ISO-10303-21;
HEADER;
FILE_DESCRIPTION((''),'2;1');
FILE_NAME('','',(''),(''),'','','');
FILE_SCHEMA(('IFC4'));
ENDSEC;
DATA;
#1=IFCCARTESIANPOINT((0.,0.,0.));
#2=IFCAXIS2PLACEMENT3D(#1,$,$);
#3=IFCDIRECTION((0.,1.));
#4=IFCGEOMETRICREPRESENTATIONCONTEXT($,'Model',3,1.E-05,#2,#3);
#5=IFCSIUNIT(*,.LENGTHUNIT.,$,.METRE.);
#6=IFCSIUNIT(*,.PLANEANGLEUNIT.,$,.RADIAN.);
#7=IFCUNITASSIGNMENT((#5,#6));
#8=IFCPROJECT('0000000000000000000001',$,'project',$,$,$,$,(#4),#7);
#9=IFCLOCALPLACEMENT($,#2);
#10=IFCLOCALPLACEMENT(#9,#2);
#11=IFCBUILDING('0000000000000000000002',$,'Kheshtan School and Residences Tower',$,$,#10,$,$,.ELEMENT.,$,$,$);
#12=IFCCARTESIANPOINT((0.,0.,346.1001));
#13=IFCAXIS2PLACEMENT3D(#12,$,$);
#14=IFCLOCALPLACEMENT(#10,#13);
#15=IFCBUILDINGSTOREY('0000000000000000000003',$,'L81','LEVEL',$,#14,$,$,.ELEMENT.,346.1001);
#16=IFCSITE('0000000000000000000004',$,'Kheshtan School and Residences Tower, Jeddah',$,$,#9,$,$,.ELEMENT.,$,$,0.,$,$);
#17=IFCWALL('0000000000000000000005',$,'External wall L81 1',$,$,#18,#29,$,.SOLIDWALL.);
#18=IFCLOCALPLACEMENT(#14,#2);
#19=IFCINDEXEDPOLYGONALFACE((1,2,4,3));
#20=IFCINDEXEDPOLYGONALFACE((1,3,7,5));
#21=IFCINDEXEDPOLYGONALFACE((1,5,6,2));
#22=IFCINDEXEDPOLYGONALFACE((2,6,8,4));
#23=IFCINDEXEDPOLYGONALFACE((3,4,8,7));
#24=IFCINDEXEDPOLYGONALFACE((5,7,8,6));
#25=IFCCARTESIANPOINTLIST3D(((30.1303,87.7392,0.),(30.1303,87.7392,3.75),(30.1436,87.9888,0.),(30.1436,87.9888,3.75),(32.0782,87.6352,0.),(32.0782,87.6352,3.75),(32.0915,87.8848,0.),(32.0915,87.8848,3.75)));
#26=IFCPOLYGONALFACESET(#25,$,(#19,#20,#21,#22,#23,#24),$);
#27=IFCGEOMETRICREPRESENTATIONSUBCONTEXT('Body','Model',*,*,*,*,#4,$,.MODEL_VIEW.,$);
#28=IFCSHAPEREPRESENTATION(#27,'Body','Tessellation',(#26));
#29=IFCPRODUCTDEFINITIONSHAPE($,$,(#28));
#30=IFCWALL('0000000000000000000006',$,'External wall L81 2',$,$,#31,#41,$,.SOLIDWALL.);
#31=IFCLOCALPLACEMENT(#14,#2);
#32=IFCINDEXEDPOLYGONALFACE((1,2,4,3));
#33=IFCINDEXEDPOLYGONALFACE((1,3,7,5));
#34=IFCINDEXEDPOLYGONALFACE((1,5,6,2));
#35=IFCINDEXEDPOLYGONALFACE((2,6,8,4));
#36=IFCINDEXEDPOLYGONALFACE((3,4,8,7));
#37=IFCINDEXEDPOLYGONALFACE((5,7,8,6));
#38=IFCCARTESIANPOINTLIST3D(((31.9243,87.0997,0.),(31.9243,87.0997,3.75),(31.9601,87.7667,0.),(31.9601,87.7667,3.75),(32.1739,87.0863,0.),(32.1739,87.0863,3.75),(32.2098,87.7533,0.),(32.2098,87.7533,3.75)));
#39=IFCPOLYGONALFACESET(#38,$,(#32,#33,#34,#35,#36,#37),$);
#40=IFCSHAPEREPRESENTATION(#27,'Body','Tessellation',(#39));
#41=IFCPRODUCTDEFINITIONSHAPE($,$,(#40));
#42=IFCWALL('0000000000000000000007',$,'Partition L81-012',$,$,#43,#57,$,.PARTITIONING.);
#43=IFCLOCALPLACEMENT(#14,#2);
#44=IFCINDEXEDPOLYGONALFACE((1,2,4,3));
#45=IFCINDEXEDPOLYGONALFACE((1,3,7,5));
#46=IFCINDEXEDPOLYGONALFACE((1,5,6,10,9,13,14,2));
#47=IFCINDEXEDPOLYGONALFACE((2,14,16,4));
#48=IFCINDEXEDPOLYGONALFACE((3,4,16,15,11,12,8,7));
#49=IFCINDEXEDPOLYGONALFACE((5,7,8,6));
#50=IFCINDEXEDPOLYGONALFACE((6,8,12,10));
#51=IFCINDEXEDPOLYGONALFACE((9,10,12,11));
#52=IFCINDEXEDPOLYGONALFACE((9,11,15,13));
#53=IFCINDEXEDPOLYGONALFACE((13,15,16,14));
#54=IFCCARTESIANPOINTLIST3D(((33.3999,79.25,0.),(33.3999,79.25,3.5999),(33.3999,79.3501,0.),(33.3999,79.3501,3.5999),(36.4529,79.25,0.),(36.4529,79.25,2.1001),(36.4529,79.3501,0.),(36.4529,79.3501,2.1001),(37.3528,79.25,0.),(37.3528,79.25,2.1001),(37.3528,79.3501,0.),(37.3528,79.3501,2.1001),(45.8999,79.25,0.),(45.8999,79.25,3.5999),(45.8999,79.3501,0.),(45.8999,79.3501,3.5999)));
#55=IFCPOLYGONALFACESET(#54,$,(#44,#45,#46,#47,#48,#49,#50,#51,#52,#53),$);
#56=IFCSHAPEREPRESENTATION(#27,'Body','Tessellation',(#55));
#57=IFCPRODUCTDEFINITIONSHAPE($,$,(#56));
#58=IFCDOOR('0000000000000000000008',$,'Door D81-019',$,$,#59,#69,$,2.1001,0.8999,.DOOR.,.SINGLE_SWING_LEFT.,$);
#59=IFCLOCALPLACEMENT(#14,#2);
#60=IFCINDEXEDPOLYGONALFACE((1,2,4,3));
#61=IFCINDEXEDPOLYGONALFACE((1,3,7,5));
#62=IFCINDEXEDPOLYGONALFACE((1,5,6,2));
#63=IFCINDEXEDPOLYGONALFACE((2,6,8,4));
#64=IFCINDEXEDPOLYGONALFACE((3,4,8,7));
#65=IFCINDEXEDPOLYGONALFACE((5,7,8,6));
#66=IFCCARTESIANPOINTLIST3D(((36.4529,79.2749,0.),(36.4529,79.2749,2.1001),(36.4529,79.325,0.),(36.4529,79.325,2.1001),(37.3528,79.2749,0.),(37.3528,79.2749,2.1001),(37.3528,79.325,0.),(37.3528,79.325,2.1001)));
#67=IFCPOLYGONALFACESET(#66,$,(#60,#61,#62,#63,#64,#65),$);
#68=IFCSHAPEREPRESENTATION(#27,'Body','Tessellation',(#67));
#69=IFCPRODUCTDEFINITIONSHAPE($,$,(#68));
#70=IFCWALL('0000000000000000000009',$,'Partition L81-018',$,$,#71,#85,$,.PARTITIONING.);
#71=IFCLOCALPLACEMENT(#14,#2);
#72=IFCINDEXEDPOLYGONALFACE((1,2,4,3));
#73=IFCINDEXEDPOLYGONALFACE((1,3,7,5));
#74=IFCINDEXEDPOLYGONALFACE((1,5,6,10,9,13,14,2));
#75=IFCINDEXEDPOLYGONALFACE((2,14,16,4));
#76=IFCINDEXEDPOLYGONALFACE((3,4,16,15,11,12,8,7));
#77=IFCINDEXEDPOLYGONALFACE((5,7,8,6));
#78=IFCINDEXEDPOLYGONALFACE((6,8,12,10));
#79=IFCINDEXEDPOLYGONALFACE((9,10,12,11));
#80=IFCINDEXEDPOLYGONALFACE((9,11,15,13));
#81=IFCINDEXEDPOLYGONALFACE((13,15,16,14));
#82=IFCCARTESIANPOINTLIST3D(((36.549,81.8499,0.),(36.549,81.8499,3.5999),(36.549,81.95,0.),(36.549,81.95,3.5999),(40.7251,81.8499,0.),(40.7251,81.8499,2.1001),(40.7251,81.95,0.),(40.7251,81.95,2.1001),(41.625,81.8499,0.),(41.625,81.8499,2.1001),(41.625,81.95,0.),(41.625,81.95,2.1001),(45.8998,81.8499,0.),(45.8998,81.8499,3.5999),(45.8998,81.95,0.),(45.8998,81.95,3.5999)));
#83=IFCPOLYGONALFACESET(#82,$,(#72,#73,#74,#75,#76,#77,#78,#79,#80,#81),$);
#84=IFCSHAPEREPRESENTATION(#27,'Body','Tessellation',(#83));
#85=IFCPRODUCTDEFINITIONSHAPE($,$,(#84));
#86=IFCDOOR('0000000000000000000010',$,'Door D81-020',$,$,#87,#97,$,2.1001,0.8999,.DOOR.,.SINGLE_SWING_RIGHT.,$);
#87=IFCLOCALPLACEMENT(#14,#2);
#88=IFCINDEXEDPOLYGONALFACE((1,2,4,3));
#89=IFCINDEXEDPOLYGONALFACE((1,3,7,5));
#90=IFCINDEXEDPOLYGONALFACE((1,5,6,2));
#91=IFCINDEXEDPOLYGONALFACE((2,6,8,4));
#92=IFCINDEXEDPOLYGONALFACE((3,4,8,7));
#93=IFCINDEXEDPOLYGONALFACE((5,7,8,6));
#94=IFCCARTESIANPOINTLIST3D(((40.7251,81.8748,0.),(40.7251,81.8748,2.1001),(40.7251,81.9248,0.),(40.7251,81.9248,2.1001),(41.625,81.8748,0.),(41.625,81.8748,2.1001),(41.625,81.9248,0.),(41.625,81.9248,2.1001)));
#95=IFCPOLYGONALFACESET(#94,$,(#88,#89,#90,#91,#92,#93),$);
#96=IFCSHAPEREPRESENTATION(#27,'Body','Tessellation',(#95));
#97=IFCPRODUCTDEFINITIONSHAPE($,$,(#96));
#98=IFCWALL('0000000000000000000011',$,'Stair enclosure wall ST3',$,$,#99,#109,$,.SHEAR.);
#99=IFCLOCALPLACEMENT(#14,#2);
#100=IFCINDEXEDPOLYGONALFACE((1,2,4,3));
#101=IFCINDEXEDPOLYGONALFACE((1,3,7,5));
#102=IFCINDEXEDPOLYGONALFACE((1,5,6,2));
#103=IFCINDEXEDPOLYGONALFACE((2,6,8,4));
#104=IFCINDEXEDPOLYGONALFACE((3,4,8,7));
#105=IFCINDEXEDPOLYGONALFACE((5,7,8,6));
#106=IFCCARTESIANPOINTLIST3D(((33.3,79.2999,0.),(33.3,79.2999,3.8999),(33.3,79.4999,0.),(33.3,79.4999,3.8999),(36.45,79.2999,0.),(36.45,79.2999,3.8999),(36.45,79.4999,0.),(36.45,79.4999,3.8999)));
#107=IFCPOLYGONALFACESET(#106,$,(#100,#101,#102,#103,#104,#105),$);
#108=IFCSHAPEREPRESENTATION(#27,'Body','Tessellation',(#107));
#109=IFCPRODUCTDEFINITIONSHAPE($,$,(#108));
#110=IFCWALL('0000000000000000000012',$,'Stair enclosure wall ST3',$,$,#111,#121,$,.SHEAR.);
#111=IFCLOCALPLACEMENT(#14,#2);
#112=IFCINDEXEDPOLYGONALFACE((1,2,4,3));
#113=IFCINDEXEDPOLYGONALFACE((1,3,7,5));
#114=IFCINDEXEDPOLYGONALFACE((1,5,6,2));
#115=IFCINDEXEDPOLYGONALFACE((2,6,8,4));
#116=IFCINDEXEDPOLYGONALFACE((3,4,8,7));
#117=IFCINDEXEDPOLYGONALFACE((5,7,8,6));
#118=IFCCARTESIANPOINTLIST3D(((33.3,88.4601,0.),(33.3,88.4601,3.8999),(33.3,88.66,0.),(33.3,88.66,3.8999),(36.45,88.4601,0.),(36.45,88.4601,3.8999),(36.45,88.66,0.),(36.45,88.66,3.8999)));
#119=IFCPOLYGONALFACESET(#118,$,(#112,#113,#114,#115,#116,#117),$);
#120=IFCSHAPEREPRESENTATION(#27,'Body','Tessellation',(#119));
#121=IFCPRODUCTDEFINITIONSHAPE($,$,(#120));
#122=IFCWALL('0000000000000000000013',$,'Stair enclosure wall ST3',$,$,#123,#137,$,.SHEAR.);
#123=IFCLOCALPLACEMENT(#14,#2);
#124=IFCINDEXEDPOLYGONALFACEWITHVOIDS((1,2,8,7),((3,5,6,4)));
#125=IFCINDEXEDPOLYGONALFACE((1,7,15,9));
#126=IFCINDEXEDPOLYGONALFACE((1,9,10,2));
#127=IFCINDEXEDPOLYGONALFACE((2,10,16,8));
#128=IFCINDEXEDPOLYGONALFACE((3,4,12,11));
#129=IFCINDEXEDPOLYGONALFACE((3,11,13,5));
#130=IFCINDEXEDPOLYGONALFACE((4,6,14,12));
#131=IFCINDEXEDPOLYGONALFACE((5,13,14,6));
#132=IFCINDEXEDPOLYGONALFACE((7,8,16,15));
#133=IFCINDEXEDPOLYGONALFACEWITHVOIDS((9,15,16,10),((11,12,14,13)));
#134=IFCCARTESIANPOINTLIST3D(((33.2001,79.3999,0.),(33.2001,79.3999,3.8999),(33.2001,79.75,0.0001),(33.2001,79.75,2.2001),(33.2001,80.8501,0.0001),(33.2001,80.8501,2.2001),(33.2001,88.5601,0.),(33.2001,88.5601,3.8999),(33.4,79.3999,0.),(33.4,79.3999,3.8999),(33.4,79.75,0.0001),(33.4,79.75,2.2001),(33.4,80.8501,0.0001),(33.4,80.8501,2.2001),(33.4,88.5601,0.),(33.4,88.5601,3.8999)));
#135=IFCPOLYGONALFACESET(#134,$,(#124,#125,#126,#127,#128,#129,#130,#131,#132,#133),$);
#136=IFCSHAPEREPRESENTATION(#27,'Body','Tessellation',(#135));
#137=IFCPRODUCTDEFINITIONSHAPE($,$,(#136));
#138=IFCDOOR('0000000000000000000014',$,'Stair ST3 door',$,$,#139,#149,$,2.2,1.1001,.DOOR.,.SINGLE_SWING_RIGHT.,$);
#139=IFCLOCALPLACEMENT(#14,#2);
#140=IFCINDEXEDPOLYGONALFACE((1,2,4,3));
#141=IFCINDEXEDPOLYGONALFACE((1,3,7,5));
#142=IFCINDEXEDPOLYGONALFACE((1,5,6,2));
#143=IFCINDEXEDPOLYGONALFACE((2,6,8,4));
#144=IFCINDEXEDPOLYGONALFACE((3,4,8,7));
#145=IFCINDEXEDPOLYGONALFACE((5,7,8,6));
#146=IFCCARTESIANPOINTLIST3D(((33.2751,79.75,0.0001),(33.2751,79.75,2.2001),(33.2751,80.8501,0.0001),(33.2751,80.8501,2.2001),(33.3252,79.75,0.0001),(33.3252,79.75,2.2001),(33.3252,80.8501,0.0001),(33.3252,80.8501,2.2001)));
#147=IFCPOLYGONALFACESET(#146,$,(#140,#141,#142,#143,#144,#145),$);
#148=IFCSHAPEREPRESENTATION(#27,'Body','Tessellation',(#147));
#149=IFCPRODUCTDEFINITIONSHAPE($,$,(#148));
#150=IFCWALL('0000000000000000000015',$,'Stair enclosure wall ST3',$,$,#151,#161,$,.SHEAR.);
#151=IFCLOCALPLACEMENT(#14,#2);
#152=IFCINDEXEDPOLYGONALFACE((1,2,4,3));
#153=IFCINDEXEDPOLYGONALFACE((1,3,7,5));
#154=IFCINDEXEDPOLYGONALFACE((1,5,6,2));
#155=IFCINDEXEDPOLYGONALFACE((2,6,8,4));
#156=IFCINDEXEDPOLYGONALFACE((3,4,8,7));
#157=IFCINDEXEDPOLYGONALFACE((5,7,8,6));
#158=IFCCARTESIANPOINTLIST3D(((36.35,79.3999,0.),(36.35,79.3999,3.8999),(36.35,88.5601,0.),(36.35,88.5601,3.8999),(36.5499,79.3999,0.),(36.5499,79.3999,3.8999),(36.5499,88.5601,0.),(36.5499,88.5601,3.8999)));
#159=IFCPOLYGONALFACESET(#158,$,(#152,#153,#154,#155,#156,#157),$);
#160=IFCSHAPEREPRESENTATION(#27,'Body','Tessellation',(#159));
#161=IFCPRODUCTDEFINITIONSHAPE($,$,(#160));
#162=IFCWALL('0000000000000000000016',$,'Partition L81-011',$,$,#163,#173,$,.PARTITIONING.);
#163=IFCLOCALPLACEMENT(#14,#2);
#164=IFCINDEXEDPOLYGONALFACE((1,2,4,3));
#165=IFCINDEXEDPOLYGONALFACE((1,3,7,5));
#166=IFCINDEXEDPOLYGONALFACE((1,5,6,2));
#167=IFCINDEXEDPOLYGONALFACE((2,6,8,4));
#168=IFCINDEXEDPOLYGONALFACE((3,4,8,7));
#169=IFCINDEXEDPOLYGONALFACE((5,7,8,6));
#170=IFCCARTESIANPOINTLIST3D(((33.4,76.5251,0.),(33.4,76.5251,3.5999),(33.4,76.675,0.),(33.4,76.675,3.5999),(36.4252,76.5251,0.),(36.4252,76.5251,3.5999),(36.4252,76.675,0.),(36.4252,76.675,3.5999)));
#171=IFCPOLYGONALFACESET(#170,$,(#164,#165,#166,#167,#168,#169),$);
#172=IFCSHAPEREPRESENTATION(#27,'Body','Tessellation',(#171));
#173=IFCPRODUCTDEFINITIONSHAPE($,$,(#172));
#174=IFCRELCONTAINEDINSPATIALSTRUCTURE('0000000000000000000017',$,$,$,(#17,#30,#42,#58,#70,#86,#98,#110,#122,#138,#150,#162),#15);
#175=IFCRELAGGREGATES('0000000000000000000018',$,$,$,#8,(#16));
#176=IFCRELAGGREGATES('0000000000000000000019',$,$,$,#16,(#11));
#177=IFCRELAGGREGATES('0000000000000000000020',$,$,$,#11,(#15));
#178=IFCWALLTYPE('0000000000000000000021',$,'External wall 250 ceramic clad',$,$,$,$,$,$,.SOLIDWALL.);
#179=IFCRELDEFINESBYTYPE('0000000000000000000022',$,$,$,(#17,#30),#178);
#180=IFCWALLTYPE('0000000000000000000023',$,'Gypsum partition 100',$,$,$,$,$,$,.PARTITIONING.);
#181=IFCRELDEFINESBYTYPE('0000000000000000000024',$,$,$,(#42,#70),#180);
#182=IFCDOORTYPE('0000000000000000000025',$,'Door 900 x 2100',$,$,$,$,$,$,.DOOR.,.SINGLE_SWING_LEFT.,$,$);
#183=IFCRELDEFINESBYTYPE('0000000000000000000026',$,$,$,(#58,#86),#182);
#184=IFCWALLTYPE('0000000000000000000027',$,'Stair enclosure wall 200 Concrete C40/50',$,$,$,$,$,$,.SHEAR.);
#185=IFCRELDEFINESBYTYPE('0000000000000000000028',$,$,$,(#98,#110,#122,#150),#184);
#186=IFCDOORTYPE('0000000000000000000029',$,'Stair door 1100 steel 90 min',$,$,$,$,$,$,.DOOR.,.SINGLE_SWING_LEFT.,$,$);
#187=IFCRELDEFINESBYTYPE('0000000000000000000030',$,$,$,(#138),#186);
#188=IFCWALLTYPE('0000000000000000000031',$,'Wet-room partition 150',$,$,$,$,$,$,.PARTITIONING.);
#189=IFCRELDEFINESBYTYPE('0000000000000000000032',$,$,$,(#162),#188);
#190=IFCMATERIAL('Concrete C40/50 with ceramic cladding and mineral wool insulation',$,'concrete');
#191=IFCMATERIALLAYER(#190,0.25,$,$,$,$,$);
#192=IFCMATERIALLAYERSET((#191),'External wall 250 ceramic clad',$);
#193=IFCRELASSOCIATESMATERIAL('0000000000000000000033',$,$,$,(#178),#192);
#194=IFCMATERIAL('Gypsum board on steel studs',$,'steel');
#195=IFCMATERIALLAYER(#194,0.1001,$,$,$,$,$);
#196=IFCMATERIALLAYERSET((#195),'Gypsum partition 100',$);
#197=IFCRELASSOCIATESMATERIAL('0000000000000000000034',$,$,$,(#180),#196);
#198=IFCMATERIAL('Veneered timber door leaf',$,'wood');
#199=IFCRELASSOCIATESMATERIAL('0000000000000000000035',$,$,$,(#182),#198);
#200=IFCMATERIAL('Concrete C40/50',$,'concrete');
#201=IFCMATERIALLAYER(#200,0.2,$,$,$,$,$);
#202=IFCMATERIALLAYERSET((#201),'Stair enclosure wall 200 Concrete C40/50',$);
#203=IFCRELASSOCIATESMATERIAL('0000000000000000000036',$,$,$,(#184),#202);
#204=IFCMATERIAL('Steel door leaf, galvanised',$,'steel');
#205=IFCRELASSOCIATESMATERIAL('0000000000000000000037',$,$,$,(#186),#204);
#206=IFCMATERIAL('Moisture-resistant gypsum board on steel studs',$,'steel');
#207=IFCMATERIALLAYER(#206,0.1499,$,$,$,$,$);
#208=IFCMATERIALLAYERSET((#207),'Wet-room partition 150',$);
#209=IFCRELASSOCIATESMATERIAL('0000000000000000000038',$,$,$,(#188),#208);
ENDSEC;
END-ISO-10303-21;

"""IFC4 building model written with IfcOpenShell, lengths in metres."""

from ifc_helpers import new_model, si_unit, direction, frame, frame_2d, origin, place, context, subcontext, project, spatial, rectangle, extrude, source, transform, mapped, material, layer, layer_set, type_object, element, fill, save


model = new_model("IFC4")

# Units and contexts
model_context = context("Model", 3, precision=1e-05, world=origin(), true_north=direction((0.0, 1.0)))
body_context = subcontext(model_context, "Body", "Model", "MODEL_VIEW")
ifc_project = project(units=[si_unit("LENGTHUNIT", "METRE"), si_unit("PLANEANGLEUNIT", "RADIAN")], contexts=[model_context])

# Site, building, storey
site_placement = place(None, origin())
site = spatial("IfcSite", under=ifc_project, at=site_placement, Name="Kheshtan School and Residences Tower, Jeddah", CompositionType="ELEMENT", RefElevation=0.0)
building_placement = place(site_placement, origin())
building = spatial("IfcBuilding", under=site, at=building_placement, Name="Kheshtan School and Residences Tower", CompositionType="ELEMENT")
storey_placement = place(building_placement, frame((0.0, 0.0, 346.1001)))
storey = spatial("IfcBuildingStorey", under=building, at=storey_placement, Name="L81", Description="LEVEL", CompositionType="ELEMENT", Elevation=346.1001)

# Walls
ifc_material_1 = material(Name="Concrete C40/50 with ceramic cladding and mineral wool insulation", Category="concrete")
ifc_layer_1 = layer(ifc_material_1, 0.25)
ifc_layer_set_1 = layer_set([ifc_layer_1], Name="External wall 250 ceramic clad")
wall_type_1 = type_object("IfcWallType", Name="External wall 250 ceramic clad", PredefinedType="SOLIDWALL", material=ifc_layer_set_1)
wall_1_placement = place(storey_placement, frame((30.137, 87.864, 0.0), z_axis=(0.0, 0.0, 1.0), x_axis=(0.998578, -0.053314, 0.0)))
element("IfcWall", 1, at=wall_1_placement, inside=storey, type_object=wall_type_1, Name="External wall L81 1", PredefinedType="SOLIDWALL", context=body_context, shape_type="SweptSolid", body=[
    extrude(rectangle(XDim=1.9507, YDim=0.25, at=frame_2d((0.9753, 0.0))), origin(), (0.0, 0.0, 1.0), 3.75),
])
wall_2_placement = place(storey_placement, frame((32.085, 87.76, 0.0), z_axis=(0.0, 0.0, 1.0), x_axis=(-0.053729, -0.998556, 0.0)))
element("IfcWall", 2, at=wall_2_placement, inside=storey, type_object=wall_type_1, Name="External wall L81 2", PredefinedType="SOLIDWALL", context=body_context, shape_type="SweptSolid", body=[
    extrude(rectangle(XDim=0.668, YDim=0.25, at=frame_2d((0.334, 0.0))), origin(), (0.0, 0.0, 1.0), 3.75),
])

# Walls, openings, doors
ifc_material_2 = material(Name="Gypsum board on steel studs", Category="steel")
ifc_layer_2 = layer(ifc_material_2, 0.1001)
ifc_layer_set_2 = layer_set([ifc_layer_2], Name="Gypsum partition 100")
wall_type_2 = type_object("IfcWallType", Name="Gypsum partition 100", PredefinedType="PARTITIONING", material=ifc_layer_set_2)
wall_3_placement = place(storey_placement, frame((33.3999, 79.3, 0.0), z_axis=(0.0, 0.0, 1.0), x_axis=(1.0, 0.0, 0.0)))
wall_3 = element("IfcWall", 3, at=wall_3_placement, inside=storey, type_object=wall_type_2, Name="Partition L81-012", PredefinedType="PARTITIONING", context=body_context, shape_type="SweptSolid", body=[
    extrude(rectangle(XDim=12.5, YDim=0.1001, at=frame_2d((6.25, 0.0))), origin(), (0.0, 0.0, 1.0), 3.5999),
])
opening_1_placement = place(wall_3_placement, frame((3.053, 0.0, 0.0)))
opening_1 = element("IfcOpeningElement", 4, at=opening_1_placement, cuts=wall_3, PredefinedType="OPENING", context=body_context, shape_type="SweptSolid", body=[
    extrude(rectangle(XDim=0.8999, YDim=2.1001, at=frame_2d((0.45, 1.05))), frame((0.0, 0.0601, 0.0), z_axis=(0.0, -1.0, 0.0), x_axis=(1.0, 0.0, 0.0)), (0.0, 0.0, 1.0), 0.1201),
])
ifc_material_3 = material(Name="Veneered timber door leaf", Category="wood")
door_type_1 = type_object("IfcDoorType", Name="Door 900 x 2100", OperationType="SINGLE_SWING_LEFT", PredefinedType="DOOR", material=ifc_material_3)
shared_shape_1 = source(origin(), body_context, "Body", "SweptSolid", [
    extrude(rectangle(XDim=0.8999, YDim=2.1001, at=frame_2d((0.45, 1.05))), frame((0.0, 0.0249, 0.0), z_axis=(0.0, -1.0, 0.0), x_axis=(1.0, 0.0, 0.0)), (0.0, 0.0, 1.0), 0.05),
])
door_1_placement = place(opening_1_placement, origin())
door_1 = element("IfcDoor", 5, at=door_1_placement, inside=storey, type_object=door_type_1, Name="Door D81-019", OperationType="SINGLE_SWING_LEFT", OverallHeight=2.1001, OverallWidth=0.8999, PredefinedType="DOOR", context=body_context, shape_type="MappedRepresentation", body=[
    mapped(shared_shape_1, transform((0.0, 0.0, 0.0), x_axis=(1.0, 0.0, 0.0), y_axis=(0.0, 1.0, 0.0), z_axis=(0.0, 0.0, 1.0), scale=1.0)),
])
fill(opening_1, door_1)
wall_4_placement = place(storey_placement, frame((36.5491, 81.8999, 0.0), z_axis=(0.0, 0.0, 1.0), x_axis=(1.0, 0.0, 0.0)))
wall_4 = element("IfcWall", 6, at=wall_4_placement, inside=storey, type_object=wall_type_2, Name="Partition L81-018", PredefinedType="PARTITIONING", context=body_context, shape_type="SweptSolid", body=[
    extrude(rectangle(XDim=9.3508, YDim=0.1001, at=frame_2d((4.6753, 0.0))), origin(), (0.0, 0.0, 1.0), 3.5999),
])
opening_2_placement = place(wall_4_placement, frame((4.176, 0.0, 0.0)))
opening_2 = element("IfcOpeningElement", 7, at=opening_2_placement, cuts=wall_4, PredefinedType="OPENING", context=body_context, shape_type="SweptSolid", body=[
    extrude(rectangle(XDim=0.8999, YDim=2.1001, at=frame_2d((0.45, 1.05))), frame((0.0, 0.0601, 0.0), z_axis=(0.0, -1.0, 0.0), x_axis=(1.0, 0.0, 0.0)), (0.0, 0.0, 1.0), 0.1201),
])
door_2_placement = place(opening_2_placement, origin())
door_2 = element("IfcDoor", 8, at=door_2_placement, inside=storey, type_object=door_type_1, Name="Door D81-020", OperationType="SINGLE_SWING_RIGHT", OverallHeight=2.1001, OverallWidth=0.8999, PredefinedType="DOOR", context=body_context, shape_type="MappedRepresentation", body=[
    mapped(shared_shape_1, transform((0.0, 0.0, 0.0), x_axis=(1.0, 0.0, 0.0), y_axis=(0.0, 1.0, 0.0), z_axis=(0.0, 0.0, 1.0), scale=1.0)),
])
fill(opening_2, door_2)

# Walls
ifc_material_4 = material(Name="Concrete C40/50", Category="concrete")
ifc_layer_3 = layer(ifc_material_4, 0.2)
ifc_layer_set_3 = layer_set([ifc_layer_3], Name="Stair enclosure wall 200 Concrete C40/50")
wall_type_3 = type_object("IfcWallType", Name="Stair enclosure wall 200 Concrete C40/50", PredefinedType="SHEAR", material=ifc_layer_set_3)
for number, where, z_axis, x_axis, name in (
    (9, (33.3, 79.3999, 0.0), (0.0, 0.0, 1.0), (1.0, 0.0, 0.0), "Stair enclosure wall ST3"),
    (10, (33.3, 88.5601, 0.0), (0.0, 0.0, 1.0), (1.0, 0.0, 0.0), "Stair enclosure wall ST3"),
):
    element("IfcWall", number, at=place(storey_placement, frame(where, z_axis=z_axis, x_axis=x_axis)), inside=storey, type_object=wall_type_3, Name=name, PredefinedType="SHEAR", context=body_context, shape_type="SweptSolid", body=[
        extrude(rectangle(XDim=3.1499, YDim=0.2, at=frame_2d((1.575, 0.0))), origin(), (0.0, 0.0, 1.0), 3.8999),
    ])

# Wall, opening, door
wall_5_placement = place(storey_placement, frame((33.3, 79.3999, 0.0), z_axis=(0.0, 0.0, 1.0), x_axis=(0.0, 1.0, 0.0)))
wall_5 = element("IfcWall", 11, at=wall_5_placement, inside=storey, type_object=wall_type_3, Name="Stair enclosure wall ST3", PredefinedType="SHEAR", context=body_context, shape_type="SweptSolid", body=[
    extrude(rectangle(XDim=9.1602, YDim=0.2, at=frame_2d((4.5801, 0.0))), origin(), (0.0, 0.0, 1.0), 3.8999),
])
opening_3_placement = place(wall_5_placement, frame((0.3501, 0.0, 0.0)))
opening_3 = element("IfcOpeningElement", 12, at=opening_3_placement, cuts=wall_5, PredefinedType="OPENING", context=body_context, shape_type="SweptSolid", body=[
    extrude(rectangle(XDim=1.1001, YDim=2.2, at=frame_2d((0.55, 1.1001))), frame((0.0, 0.1099, 0.0), z_axis=(0.0, -1.0, 0.0), x_axis=(1.0, 0.0, 0.0)), (0.0, 0.0, 1.0), 0.22),
])
ifc_material_5 = material(Name="Steel door leaf, galvanised", Category="steel")
door_type_2 = type_object("IfcDoorType", Name="Stair door 1100 steel 90 min", OperationType="SINGLE_SWING_LEFT", PredefinedType="DOOR", material=ifc_material_5)
shared_shape_2 = source(origin(), body_context, "Body", "SweptSolid", [
    extrude(rectangle(XDim=1.1001, YDim=2.2, at=frame_2d((0.55, 1.1001))), frame((0.0, 0.0249, 0.0), z_axis=(0.0, -1.0, 0.0), x_axis=(1.0, 0.0, 0.0)), (0.0, 0.0, 1.0), 0.05),
])
door_3_placement = place(opening_3_placement, origin())
door_3 = element("IfcDoor", 13, at=door_3_placement, inside=storey, type_object=door_type_2, Name="Stair ST3 door", OperationType="SINGLE_SWING_RIGHT", OverallHeight=2.2, OverallWidth=1.1001, PredefinedType="DOOR", context=body_context, shape_type="MappedRepresentation", body=[
    mapped(shared_shape_2, transform((0.0, 0.0, 0.0), x_axis=(1.0, 0.0, 0.0), y_axis=(0.0, 1.0, 0.0), z_axis=(0.0, 0.0, 1.0), scale=1.0)),
])
fill(opening_3, door_3)

# Walls
wall_6_placement = place(storey_placement, frame((36.45, 79.3999, 0.0), z_axis=(0.0, 0.0, 1.0), x_axis=(0.0, 1.0, 0.0)))
element("IfcWall", 14, at=wall_6_placement, inside=storey, type_object=wall_type_3, Name="Stair enclosure wall ST3", PredefinedType="SHEAR", context=body_context, shape_type="SweptSolid", body=[
    extrude(rectangle(XDim=9.1602, YDim=0.2, at=frame_2d((4.5801, 0.0))), origin(), (0.0, 0.0, 1.0), 3.8999),
])
ifc_material_6 = material(Name="Moisture-resistant gypsum board on steel studs", Category="steel")
ifc_layer_4 = layer(ifc_material_6, 0.1499)
ifc_layer_set_4 = layer_set([ifc_layer_4], Name="Wet-room partition 150")
wall_type_4 = type_object("IfcWallType", Name="Wet-room partition 150", PredefinedType="PARTITIONING", material=ifc_layer_set_4)
wall_7_placement = place(storey_placement, frame((33.3999, 76.6001, 0.0), z_axis=(0.0, 0.0, 1.0), x_axis=(1.0, 0.0, 0.0)))
element("IfcWall", 15, at=wall_7_placement, inside=storey, type_object=wall_type_4, Name="Partition L81-011", PredefinedType="PARTITIONING", context=body_context, shape_type="SweptSolid", body=[
    extrude(rectangle(XDim=3.0251, YDim=0.1499, at=frame_2d((1.5127, 0.0))), origin(), (0.0, 0.0, 1.0), 3.5999),
])

save(model, "model.ifc")
